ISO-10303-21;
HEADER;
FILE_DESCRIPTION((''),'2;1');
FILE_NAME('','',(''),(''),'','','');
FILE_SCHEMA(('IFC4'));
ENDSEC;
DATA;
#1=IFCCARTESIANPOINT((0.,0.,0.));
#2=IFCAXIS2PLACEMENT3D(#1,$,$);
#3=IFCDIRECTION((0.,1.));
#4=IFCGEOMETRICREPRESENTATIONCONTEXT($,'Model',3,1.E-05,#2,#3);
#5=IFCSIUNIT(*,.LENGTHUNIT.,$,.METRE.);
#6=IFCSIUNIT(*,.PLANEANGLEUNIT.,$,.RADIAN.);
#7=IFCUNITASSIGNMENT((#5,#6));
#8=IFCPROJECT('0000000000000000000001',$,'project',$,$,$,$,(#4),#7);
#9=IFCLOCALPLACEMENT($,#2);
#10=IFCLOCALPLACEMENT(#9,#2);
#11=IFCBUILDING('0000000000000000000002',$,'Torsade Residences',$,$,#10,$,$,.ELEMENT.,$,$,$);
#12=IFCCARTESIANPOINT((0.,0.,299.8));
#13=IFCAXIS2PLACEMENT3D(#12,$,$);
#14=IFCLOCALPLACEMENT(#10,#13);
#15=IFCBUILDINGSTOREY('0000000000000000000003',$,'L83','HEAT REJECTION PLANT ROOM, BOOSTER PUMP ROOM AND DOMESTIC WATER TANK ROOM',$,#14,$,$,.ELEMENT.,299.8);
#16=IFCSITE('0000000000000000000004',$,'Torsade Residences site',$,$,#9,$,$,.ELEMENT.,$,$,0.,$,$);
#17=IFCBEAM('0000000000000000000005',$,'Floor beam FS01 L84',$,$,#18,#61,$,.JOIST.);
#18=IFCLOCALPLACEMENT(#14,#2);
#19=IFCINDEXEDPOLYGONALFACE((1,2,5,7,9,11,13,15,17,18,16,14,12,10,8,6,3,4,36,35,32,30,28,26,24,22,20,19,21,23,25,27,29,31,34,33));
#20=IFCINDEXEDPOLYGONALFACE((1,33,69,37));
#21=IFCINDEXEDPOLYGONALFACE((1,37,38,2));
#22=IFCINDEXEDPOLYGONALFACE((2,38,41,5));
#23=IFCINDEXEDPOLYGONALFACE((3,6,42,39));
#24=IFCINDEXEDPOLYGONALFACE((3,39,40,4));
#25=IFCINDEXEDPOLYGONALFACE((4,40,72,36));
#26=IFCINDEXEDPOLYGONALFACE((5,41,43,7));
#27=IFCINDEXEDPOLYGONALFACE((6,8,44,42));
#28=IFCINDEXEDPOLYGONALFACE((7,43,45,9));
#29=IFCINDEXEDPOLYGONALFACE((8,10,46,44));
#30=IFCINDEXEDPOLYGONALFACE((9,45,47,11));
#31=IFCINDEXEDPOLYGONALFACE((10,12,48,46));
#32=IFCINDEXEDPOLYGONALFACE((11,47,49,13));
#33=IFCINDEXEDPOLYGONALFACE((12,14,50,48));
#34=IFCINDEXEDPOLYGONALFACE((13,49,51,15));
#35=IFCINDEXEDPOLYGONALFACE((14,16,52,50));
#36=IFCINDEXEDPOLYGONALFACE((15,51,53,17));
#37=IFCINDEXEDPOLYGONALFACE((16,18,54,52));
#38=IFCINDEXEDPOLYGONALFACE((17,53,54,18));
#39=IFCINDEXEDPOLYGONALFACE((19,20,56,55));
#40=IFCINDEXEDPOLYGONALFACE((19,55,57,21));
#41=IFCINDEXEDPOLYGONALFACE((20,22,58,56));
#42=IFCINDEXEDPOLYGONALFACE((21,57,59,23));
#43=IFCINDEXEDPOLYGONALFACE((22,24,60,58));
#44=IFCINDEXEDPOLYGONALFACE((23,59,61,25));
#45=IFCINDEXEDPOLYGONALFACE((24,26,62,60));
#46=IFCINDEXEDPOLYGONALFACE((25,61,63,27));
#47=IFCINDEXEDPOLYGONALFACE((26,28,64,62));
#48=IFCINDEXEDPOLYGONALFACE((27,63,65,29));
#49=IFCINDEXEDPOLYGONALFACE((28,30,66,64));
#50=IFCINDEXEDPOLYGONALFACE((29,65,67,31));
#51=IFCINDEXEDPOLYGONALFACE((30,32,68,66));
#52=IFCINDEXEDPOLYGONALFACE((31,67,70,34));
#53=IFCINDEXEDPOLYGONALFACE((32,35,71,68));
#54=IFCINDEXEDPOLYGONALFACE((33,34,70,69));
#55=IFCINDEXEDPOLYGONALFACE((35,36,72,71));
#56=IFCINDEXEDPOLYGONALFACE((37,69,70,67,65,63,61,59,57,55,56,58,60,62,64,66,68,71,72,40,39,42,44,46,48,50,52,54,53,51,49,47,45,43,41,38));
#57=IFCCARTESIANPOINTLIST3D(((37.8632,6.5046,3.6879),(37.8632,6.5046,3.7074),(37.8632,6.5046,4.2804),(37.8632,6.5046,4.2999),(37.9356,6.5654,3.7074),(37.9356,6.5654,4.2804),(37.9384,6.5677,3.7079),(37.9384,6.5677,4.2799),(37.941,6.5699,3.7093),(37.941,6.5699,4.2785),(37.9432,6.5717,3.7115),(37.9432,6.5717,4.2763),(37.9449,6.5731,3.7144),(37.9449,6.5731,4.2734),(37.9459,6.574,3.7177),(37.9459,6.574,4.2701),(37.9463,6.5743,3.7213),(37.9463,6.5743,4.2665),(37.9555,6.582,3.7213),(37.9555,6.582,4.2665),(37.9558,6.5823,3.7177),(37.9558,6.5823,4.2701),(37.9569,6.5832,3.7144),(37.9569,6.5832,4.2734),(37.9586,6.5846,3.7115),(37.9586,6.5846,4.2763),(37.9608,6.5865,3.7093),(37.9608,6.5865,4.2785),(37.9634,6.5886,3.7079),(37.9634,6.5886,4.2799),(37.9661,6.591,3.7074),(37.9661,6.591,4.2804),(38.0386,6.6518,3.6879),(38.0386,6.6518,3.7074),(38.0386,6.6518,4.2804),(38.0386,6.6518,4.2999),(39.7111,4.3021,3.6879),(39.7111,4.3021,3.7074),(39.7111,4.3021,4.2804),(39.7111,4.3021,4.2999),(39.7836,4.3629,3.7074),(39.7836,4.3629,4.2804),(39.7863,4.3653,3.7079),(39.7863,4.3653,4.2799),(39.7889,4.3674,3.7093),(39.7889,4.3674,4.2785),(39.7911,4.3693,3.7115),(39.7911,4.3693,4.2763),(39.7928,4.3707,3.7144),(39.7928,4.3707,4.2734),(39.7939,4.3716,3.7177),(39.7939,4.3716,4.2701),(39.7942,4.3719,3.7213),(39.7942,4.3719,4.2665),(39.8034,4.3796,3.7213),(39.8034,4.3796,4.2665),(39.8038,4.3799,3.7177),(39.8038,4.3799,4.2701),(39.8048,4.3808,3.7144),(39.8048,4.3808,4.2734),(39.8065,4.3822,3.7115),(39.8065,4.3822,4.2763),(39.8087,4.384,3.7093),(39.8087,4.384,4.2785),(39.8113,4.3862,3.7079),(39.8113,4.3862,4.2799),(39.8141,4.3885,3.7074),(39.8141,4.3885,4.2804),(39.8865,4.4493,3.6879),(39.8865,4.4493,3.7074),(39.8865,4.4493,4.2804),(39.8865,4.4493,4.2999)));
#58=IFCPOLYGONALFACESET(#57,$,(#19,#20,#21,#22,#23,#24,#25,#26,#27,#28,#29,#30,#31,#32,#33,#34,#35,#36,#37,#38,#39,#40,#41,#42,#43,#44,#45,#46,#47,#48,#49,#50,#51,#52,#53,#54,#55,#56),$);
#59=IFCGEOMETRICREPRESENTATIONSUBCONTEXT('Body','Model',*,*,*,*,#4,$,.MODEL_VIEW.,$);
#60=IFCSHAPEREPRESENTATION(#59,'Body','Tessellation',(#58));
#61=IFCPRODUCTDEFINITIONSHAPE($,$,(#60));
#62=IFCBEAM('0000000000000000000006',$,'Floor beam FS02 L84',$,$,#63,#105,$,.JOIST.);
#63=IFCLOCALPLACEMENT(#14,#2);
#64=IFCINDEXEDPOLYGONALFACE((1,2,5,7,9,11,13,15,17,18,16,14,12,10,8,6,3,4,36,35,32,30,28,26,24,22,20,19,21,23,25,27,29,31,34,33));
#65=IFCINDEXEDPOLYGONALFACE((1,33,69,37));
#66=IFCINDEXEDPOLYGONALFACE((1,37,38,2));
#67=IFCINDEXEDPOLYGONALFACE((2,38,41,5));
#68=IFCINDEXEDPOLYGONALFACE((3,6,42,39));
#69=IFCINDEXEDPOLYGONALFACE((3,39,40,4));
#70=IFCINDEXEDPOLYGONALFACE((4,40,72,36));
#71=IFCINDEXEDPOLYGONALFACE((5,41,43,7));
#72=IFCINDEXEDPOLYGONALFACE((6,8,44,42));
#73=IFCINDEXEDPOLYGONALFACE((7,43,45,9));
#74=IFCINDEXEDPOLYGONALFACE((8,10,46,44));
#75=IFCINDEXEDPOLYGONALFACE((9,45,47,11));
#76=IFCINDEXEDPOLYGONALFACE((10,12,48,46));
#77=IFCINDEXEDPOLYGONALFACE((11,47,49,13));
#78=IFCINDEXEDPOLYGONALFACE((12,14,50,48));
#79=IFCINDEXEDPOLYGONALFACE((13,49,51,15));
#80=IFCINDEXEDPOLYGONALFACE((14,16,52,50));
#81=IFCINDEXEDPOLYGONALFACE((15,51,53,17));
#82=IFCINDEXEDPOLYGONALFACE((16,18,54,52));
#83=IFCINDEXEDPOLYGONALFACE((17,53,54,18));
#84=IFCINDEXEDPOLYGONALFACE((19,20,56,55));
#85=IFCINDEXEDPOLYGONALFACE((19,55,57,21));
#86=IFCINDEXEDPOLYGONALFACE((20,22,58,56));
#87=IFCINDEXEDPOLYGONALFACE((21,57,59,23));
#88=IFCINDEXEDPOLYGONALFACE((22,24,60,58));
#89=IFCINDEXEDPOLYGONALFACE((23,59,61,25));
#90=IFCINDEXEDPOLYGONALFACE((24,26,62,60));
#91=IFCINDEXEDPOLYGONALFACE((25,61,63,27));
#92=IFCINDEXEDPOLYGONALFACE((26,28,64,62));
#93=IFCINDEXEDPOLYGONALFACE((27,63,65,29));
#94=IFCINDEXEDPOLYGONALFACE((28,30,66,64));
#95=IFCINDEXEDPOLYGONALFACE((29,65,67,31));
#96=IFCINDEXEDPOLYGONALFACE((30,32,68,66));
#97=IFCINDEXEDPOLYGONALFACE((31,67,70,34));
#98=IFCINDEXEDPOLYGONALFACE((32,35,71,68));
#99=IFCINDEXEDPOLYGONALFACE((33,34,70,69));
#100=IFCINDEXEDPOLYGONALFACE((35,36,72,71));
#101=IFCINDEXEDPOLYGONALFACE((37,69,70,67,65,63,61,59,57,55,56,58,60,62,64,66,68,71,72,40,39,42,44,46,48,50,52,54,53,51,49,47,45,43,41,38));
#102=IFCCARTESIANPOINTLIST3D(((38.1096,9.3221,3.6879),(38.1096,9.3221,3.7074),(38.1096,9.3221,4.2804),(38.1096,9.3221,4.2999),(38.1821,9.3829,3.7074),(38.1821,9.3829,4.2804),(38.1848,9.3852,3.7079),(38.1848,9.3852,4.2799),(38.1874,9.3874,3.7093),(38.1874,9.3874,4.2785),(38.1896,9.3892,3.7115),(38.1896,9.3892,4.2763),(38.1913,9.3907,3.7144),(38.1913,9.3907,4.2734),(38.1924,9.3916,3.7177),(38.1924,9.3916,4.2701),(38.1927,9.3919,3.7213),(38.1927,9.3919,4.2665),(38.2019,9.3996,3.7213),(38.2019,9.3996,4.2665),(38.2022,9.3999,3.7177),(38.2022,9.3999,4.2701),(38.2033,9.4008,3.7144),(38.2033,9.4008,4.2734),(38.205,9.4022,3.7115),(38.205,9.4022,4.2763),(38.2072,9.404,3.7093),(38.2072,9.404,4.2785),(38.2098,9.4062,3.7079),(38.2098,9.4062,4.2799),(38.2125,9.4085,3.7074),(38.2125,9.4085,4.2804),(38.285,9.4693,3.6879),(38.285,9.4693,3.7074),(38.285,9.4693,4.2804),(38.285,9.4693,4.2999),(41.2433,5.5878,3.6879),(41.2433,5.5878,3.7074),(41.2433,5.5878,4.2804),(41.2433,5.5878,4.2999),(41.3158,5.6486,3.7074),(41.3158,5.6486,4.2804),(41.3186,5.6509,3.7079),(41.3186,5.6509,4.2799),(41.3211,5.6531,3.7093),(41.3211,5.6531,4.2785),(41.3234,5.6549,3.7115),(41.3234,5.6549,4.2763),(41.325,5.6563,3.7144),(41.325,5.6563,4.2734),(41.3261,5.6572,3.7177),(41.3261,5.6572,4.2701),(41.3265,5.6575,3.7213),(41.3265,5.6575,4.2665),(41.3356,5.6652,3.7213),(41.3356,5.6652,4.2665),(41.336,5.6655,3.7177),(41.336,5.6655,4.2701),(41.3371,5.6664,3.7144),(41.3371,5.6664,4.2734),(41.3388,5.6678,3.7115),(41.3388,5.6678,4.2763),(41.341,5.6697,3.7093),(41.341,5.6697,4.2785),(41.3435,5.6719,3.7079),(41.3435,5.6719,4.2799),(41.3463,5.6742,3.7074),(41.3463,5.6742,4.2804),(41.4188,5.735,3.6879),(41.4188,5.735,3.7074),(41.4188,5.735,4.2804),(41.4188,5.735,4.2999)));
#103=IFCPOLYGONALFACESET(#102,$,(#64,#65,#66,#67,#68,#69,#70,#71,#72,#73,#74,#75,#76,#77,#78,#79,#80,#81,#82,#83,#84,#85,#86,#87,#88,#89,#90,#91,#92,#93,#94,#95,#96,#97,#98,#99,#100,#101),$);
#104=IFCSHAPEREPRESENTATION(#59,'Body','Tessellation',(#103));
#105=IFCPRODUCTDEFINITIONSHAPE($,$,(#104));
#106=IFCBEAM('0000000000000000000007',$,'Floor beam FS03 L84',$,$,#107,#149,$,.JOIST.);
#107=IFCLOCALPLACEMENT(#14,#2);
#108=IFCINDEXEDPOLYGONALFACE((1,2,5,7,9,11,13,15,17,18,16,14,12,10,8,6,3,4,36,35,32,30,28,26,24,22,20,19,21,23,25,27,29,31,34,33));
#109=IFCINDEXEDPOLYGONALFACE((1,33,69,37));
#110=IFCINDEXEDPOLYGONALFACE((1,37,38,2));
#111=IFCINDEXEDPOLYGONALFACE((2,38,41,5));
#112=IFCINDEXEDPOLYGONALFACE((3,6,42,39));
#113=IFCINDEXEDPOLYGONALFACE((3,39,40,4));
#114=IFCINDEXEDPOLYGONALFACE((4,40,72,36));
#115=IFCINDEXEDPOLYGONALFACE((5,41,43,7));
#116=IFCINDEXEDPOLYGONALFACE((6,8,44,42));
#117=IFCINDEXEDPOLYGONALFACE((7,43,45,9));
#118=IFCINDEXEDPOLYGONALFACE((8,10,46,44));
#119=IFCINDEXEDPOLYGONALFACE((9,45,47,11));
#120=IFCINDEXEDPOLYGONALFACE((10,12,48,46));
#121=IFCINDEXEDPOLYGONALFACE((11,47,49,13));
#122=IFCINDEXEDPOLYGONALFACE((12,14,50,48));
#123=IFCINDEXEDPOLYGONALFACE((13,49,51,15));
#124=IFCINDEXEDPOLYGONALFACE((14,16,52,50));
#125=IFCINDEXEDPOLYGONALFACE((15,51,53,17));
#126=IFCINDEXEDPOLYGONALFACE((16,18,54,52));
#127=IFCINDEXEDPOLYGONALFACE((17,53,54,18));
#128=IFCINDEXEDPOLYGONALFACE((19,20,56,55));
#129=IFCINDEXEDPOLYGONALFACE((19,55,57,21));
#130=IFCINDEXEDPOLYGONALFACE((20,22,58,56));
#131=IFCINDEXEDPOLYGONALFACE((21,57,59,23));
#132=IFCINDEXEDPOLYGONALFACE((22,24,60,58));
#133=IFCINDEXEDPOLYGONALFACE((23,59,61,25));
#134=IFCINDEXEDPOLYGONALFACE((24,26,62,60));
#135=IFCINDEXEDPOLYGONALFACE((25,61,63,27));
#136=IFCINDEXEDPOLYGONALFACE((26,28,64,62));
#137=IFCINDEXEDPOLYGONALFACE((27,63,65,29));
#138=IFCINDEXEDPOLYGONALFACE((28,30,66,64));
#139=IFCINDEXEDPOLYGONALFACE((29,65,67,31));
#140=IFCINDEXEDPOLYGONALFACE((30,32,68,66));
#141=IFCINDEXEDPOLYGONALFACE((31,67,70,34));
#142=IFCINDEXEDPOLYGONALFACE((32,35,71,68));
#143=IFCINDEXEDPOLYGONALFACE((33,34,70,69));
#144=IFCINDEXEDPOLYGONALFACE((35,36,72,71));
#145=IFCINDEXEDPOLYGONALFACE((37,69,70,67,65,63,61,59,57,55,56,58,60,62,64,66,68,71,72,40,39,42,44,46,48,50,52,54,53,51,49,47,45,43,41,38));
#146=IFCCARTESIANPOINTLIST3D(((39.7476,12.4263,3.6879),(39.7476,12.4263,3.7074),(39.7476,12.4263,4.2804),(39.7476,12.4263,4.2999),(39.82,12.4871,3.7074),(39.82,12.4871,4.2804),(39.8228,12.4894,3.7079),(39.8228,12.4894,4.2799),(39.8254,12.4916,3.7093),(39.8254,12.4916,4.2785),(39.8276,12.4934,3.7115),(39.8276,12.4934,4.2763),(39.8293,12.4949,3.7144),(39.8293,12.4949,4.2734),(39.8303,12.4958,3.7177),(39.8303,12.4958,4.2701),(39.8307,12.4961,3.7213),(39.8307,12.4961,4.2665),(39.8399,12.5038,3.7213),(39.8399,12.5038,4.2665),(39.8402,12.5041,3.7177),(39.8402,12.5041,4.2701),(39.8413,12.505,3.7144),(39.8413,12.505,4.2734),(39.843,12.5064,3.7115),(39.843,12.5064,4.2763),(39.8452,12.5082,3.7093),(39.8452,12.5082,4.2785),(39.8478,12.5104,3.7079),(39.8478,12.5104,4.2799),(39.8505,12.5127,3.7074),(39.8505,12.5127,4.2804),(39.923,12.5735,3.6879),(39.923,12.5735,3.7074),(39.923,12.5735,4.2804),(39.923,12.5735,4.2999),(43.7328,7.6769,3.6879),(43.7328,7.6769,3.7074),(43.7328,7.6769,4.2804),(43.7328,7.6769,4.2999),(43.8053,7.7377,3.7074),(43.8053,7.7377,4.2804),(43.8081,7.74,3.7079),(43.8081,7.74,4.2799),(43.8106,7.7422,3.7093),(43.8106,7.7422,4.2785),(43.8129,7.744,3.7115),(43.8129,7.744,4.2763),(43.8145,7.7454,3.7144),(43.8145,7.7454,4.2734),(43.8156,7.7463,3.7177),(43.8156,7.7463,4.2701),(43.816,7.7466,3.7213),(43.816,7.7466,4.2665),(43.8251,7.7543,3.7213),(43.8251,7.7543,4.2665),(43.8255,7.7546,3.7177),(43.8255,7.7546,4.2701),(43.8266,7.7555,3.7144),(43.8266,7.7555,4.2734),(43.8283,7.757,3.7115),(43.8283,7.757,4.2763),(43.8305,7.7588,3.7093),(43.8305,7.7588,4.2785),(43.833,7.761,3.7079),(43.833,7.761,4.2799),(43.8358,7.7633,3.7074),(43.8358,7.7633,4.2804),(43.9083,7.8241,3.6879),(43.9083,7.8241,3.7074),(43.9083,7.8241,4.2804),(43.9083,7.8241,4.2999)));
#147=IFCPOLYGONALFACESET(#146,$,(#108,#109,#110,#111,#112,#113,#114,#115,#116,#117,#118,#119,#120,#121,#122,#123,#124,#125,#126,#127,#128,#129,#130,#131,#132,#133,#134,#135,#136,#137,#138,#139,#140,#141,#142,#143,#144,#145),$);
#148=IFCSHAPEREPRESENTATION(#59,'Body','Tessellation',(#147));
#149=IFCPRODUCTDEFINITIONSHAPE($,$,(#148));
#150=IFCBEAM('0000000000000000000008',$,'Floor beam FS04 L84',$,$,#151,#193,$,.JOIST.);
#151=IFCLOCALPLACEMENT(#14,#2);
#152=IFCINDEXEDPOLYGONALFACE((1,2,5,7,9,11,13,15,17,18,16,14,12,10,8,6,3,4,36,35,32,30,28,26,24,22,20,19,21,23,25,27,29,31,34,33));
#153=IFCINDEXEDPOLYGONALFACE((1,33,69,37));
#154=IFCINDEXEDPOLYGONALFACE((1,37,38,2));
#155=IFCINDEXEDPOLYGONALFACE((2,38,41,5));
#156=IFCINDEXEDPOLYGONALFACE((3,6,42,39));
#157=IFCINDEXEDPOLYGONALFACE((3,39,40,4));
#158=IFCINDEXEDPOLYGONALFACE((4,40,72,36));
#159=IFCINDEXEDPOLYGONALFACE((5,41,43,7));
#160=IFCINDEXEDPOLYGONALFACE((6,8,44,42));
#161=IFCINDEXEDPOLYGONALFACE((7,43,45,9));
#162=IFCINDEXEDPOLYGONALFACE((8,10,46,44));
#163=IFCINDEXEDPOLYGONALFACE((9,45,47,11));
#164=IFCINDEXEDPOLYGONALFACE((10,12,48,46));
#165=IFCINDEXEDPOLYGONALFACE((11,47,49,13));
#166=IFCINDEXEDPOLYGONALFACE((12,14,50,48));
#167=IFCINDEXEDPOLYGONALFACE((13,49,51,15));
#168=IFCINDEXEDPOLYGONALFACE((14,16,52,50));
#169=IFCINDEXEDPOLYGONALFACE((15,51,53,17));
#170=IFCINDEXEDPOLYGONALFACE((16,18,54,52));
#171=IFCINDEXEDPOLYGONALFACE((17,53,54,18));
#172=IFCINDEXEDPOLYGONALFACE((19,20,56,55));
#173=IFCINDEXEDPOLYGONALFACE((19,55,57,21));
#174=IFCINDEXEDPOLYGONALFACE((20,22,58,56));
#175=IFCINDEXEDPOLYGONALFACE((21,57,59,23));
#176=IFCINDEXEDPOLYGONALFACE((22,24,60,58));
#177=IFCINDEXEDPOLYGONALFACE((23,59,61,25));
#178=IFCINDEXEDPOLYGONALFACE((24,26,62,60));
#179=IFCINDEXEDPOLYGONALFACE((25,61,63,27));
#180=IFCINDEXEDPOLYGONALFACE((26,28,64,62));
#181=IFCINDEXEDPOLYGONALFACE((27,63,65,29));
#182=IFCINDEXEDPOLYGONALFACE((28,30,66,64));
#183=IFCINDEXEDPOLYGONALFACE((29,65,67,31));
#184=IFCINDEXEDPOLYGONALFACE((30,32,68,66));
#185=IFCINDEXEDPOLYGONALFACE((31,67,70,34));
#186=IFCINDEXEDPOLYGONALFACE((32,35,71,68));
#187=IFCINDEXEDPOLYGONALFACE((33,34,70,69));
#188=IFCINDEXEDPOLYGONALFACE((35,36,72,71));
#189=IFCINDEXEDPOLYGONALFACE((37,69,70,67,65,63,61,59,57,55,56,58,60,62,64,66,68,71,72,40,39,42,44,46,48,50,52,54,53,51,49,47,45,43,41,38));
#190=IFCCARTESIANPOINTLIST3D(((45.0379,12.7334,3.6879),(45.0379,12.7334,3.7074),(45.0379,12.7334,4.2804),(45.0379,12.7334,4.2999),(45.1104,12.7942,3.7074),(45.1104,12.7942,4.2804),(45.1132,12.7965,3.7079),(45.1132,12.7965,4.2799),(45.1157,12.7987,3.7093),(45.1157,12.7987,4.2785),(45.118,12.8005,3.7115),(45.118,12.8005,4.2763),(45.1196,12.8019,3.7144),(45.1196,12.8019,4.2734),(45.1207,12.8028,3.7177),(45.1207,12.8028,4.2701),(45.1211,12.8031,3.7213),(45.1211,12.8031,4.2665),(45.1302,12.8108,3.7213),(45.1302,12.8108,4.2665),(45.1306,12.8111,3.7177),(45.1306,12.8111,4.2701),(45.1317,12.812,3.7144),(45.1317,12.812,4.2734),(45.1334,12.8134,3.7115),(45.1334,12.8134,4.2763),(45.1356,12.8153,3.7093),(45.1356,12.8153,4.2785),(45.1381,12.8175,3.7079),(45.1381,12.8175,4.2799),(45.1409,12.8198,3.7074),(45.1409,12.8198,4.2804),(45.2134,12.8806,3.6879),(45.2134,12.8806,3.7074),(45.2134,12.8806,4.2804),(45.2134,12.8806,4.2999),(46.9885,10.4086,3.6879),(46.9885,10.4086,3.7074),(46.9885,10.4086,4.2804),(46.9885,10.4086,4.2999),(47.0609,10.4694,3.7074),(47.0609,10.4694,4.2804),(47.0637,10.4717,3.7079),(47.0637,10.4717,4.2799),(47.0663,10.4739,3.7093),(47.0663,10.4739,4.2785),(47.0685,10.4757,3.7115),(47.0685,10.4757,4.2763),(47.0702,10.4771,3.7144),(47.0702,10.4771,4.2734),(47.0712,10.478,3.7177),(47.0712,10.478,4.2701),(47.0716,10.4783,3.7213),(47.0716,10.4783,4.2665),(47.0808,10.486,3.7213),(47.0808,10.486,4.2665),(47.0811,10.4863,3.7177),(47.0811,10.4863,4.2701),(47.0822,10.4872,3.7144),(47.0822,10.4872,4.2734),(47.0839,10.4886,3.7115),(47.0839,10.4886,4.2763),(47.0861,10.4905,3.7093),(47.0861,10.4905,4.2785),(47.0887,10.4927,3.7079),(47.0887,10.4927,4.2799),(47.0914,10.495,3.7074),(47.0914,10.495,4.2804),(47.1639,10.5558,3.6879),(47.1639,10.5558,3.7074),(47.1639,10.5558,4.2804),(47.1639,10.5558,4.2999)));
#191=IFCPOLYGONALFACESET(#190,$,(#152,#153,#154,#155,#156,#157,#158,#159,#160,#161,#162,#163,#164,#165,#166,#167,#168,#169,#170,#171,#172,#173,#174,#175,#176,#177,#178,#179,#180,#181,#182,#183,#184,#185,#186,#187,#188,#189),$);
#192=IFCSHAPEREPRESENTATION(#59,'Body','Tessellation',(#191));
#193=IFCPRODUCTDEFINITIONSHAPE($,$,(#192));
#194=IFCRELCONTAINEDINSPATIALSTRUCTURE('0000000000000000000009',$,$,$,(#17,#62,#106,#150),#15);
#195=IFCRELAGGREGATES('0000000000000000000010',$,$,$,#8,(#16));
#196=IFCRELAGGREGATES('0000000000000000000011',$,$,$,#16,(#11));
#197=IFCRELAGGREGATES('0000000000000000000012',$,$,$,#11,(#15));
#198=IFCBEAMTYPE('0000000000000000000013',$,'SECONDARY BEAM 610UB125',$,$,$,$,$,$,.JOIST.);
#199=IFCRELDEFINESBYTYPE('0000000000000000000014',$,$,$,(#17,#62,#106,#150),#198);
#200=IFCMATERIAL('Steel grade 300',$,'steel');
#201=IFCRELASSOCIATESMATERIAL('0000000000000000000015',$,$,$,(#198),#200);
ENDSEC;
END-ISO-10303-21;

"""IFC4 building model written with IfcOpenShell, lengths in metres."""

from ifc_helpers import new_model, si_unit, direction, frame, origin, origin_2d, place, context, subcontext, project, spatial, i_section, extrude, material, material_profile, profile_set, type_object, element, save


model = new_model("IFC4")

# Units and contexts
model_context = context("Model", 3, precision=1e-05, world=origin(), true_north=direction((0.0, 1.0)))
body_context = subcontext(model_context, "Body", "Model", "MODEL_VIEW")
ifc_project = project(units=[si_unit("LENGTHUNIT", "METRE"), si_unit("PLANEANGLEUNIT", "RADIAN")], contexts=[model_context])

# Site, building, storey
site_placement = place(None, origin())
site = spatial("IfcSite", under=ifc_project, at=site_placement, Name="Torsade Residences site", CompositionType="ELEMENT", RefElevation=0.0)
building_placement = place(site_placement, origin())
building = spatial("IfcBuilding", under=site, at=building_placement, Name="Torsade Residences", CompositionType="ELEMENT")
storey_placement = place(building_placement, frame((0.0, 0.0, 299.8)))
storey = spatial("IfcBuildingStorey", under=building, at=storey_placement, Name="L83", Description="HEAT REJECTION PLANT ROOM, BOOSTER PUMP ROOM AND DOMESTIC WATER TANK ROOM", CompositionType="ELEMENT", Elevation=299.8)

# Beams
ifc_material_1 = material(Name="Steel grade 300", Category="steel")
ifc_material_profile_1 = material_profile(ifc_material_1, i_section(OverallWidth=0.229, OverallDepth=0.6121, WebThickness=0.012, FlangeThickness=0.0195, FilletRadius=0.0139, at=origin_2d()), Name="610UB125")
ifc_profile_set_1 = profile_set([ifc_material_profile_1], Name="Steel grade 300")
beam_type_1 = type_object("IfcBeamType", Name="SECONDARY BEAM 610UB125", PredefinedType="JOIST", material=ifc_profile_set_1)
beam_1_placement = place(storey_placement, frame((39.7988, 4.3757, 3.9939), z_axis=(-0.642762, 0.766066, 0.0), x_axis=(-0.766066, -0.642762, 0.0)))
element("IfcBeam", 1, at=beam_1_placement, inside=storey, type_object=beam_type_1, Name="Floor beam FS01 L84", PredefinedType="JOIST", context=body_context, shape_type="SweptSolid", body=[
    extrude(i_section(OverallWidth=0.229, OverallDepth=0.6121, WebThickness=0.012, FlangeThickness=0.0195, FilletRadius=0.0139, at=origin_2d()), origin(), (0.0, 0.0, 1.0), 2.875),
])
beam_2_placement = place(storey_placement, frame((41.3311, 5.6614, 3.9939), z_axis=(-0.642821, 0.766017, 0.0), x_axis=(-0.766017, -0.642821, 0.0)))
element("IfcBeam", 2, at=beam_2_placement, inside=storey, type_object=beam_type_1, Name="Floor beam FS02 L84", PredefinedType="JOIST", context=body_context, shape_type="SweptSolid", body=[
    extrude(i_section(OverallWidth=0.229, OverallDepth=0.6121, WebThickness=0.012, FlangeThickness=0.0195, FilletRadius=0.0139, at=origin_2d()), origin(), (0.0, 0.0, 1.0), 4.875),
])
beam_3_placement = place(storey_placement, frame((43.8206, 7.7505, 3.9939), z_axis=(-0.642791, 0.766041, 0.0), x_axis=(-0.766041, -0.642791, 0.0)))
element("IfcBeam", 3, at=beam_3_placement, inside=storey, type_object=beam_type_1, Name="Floor beam FS03 L84", PredefinedType="JOIST", context=body_context, shape_type="SweptSolid", body=[
    extrude(i_section(OverallWidth=0.229, OverallDepth=0.6121, WebThickness=0.012, FlangeThickness=0.0195, FilletRadius=0.0139, at=origin_2d()), origin(), (0.0, 0.0, 1.0), 6.2),
])
beam_4_placement = place(storey_placement, frame((47.0762, 10.4822, 3.9939), z_axis=(-0.642745, 0.76608, 0.0), x_axis=(-0.76608, -0.642745, 0.0)))
element("IfcBeam", 4, at=beam_4_placement, inside=storey, type_object=beam_type_1, Name="Floor beam FS04 L84", PredefinedType="JOIST", context=body_context, shape_type="SweptSolid", body=[
    extrude(i_section(OverallWidth=0.229, OverallDepth=0.6121, WebThickness=0.012, FlangeThickness=0.0195, FilletRadius=0.0139, at=origin_2d()), origin(), (0.0, 0.0, 1.0), 3.0347),
])

save(model, "model.ifc")
